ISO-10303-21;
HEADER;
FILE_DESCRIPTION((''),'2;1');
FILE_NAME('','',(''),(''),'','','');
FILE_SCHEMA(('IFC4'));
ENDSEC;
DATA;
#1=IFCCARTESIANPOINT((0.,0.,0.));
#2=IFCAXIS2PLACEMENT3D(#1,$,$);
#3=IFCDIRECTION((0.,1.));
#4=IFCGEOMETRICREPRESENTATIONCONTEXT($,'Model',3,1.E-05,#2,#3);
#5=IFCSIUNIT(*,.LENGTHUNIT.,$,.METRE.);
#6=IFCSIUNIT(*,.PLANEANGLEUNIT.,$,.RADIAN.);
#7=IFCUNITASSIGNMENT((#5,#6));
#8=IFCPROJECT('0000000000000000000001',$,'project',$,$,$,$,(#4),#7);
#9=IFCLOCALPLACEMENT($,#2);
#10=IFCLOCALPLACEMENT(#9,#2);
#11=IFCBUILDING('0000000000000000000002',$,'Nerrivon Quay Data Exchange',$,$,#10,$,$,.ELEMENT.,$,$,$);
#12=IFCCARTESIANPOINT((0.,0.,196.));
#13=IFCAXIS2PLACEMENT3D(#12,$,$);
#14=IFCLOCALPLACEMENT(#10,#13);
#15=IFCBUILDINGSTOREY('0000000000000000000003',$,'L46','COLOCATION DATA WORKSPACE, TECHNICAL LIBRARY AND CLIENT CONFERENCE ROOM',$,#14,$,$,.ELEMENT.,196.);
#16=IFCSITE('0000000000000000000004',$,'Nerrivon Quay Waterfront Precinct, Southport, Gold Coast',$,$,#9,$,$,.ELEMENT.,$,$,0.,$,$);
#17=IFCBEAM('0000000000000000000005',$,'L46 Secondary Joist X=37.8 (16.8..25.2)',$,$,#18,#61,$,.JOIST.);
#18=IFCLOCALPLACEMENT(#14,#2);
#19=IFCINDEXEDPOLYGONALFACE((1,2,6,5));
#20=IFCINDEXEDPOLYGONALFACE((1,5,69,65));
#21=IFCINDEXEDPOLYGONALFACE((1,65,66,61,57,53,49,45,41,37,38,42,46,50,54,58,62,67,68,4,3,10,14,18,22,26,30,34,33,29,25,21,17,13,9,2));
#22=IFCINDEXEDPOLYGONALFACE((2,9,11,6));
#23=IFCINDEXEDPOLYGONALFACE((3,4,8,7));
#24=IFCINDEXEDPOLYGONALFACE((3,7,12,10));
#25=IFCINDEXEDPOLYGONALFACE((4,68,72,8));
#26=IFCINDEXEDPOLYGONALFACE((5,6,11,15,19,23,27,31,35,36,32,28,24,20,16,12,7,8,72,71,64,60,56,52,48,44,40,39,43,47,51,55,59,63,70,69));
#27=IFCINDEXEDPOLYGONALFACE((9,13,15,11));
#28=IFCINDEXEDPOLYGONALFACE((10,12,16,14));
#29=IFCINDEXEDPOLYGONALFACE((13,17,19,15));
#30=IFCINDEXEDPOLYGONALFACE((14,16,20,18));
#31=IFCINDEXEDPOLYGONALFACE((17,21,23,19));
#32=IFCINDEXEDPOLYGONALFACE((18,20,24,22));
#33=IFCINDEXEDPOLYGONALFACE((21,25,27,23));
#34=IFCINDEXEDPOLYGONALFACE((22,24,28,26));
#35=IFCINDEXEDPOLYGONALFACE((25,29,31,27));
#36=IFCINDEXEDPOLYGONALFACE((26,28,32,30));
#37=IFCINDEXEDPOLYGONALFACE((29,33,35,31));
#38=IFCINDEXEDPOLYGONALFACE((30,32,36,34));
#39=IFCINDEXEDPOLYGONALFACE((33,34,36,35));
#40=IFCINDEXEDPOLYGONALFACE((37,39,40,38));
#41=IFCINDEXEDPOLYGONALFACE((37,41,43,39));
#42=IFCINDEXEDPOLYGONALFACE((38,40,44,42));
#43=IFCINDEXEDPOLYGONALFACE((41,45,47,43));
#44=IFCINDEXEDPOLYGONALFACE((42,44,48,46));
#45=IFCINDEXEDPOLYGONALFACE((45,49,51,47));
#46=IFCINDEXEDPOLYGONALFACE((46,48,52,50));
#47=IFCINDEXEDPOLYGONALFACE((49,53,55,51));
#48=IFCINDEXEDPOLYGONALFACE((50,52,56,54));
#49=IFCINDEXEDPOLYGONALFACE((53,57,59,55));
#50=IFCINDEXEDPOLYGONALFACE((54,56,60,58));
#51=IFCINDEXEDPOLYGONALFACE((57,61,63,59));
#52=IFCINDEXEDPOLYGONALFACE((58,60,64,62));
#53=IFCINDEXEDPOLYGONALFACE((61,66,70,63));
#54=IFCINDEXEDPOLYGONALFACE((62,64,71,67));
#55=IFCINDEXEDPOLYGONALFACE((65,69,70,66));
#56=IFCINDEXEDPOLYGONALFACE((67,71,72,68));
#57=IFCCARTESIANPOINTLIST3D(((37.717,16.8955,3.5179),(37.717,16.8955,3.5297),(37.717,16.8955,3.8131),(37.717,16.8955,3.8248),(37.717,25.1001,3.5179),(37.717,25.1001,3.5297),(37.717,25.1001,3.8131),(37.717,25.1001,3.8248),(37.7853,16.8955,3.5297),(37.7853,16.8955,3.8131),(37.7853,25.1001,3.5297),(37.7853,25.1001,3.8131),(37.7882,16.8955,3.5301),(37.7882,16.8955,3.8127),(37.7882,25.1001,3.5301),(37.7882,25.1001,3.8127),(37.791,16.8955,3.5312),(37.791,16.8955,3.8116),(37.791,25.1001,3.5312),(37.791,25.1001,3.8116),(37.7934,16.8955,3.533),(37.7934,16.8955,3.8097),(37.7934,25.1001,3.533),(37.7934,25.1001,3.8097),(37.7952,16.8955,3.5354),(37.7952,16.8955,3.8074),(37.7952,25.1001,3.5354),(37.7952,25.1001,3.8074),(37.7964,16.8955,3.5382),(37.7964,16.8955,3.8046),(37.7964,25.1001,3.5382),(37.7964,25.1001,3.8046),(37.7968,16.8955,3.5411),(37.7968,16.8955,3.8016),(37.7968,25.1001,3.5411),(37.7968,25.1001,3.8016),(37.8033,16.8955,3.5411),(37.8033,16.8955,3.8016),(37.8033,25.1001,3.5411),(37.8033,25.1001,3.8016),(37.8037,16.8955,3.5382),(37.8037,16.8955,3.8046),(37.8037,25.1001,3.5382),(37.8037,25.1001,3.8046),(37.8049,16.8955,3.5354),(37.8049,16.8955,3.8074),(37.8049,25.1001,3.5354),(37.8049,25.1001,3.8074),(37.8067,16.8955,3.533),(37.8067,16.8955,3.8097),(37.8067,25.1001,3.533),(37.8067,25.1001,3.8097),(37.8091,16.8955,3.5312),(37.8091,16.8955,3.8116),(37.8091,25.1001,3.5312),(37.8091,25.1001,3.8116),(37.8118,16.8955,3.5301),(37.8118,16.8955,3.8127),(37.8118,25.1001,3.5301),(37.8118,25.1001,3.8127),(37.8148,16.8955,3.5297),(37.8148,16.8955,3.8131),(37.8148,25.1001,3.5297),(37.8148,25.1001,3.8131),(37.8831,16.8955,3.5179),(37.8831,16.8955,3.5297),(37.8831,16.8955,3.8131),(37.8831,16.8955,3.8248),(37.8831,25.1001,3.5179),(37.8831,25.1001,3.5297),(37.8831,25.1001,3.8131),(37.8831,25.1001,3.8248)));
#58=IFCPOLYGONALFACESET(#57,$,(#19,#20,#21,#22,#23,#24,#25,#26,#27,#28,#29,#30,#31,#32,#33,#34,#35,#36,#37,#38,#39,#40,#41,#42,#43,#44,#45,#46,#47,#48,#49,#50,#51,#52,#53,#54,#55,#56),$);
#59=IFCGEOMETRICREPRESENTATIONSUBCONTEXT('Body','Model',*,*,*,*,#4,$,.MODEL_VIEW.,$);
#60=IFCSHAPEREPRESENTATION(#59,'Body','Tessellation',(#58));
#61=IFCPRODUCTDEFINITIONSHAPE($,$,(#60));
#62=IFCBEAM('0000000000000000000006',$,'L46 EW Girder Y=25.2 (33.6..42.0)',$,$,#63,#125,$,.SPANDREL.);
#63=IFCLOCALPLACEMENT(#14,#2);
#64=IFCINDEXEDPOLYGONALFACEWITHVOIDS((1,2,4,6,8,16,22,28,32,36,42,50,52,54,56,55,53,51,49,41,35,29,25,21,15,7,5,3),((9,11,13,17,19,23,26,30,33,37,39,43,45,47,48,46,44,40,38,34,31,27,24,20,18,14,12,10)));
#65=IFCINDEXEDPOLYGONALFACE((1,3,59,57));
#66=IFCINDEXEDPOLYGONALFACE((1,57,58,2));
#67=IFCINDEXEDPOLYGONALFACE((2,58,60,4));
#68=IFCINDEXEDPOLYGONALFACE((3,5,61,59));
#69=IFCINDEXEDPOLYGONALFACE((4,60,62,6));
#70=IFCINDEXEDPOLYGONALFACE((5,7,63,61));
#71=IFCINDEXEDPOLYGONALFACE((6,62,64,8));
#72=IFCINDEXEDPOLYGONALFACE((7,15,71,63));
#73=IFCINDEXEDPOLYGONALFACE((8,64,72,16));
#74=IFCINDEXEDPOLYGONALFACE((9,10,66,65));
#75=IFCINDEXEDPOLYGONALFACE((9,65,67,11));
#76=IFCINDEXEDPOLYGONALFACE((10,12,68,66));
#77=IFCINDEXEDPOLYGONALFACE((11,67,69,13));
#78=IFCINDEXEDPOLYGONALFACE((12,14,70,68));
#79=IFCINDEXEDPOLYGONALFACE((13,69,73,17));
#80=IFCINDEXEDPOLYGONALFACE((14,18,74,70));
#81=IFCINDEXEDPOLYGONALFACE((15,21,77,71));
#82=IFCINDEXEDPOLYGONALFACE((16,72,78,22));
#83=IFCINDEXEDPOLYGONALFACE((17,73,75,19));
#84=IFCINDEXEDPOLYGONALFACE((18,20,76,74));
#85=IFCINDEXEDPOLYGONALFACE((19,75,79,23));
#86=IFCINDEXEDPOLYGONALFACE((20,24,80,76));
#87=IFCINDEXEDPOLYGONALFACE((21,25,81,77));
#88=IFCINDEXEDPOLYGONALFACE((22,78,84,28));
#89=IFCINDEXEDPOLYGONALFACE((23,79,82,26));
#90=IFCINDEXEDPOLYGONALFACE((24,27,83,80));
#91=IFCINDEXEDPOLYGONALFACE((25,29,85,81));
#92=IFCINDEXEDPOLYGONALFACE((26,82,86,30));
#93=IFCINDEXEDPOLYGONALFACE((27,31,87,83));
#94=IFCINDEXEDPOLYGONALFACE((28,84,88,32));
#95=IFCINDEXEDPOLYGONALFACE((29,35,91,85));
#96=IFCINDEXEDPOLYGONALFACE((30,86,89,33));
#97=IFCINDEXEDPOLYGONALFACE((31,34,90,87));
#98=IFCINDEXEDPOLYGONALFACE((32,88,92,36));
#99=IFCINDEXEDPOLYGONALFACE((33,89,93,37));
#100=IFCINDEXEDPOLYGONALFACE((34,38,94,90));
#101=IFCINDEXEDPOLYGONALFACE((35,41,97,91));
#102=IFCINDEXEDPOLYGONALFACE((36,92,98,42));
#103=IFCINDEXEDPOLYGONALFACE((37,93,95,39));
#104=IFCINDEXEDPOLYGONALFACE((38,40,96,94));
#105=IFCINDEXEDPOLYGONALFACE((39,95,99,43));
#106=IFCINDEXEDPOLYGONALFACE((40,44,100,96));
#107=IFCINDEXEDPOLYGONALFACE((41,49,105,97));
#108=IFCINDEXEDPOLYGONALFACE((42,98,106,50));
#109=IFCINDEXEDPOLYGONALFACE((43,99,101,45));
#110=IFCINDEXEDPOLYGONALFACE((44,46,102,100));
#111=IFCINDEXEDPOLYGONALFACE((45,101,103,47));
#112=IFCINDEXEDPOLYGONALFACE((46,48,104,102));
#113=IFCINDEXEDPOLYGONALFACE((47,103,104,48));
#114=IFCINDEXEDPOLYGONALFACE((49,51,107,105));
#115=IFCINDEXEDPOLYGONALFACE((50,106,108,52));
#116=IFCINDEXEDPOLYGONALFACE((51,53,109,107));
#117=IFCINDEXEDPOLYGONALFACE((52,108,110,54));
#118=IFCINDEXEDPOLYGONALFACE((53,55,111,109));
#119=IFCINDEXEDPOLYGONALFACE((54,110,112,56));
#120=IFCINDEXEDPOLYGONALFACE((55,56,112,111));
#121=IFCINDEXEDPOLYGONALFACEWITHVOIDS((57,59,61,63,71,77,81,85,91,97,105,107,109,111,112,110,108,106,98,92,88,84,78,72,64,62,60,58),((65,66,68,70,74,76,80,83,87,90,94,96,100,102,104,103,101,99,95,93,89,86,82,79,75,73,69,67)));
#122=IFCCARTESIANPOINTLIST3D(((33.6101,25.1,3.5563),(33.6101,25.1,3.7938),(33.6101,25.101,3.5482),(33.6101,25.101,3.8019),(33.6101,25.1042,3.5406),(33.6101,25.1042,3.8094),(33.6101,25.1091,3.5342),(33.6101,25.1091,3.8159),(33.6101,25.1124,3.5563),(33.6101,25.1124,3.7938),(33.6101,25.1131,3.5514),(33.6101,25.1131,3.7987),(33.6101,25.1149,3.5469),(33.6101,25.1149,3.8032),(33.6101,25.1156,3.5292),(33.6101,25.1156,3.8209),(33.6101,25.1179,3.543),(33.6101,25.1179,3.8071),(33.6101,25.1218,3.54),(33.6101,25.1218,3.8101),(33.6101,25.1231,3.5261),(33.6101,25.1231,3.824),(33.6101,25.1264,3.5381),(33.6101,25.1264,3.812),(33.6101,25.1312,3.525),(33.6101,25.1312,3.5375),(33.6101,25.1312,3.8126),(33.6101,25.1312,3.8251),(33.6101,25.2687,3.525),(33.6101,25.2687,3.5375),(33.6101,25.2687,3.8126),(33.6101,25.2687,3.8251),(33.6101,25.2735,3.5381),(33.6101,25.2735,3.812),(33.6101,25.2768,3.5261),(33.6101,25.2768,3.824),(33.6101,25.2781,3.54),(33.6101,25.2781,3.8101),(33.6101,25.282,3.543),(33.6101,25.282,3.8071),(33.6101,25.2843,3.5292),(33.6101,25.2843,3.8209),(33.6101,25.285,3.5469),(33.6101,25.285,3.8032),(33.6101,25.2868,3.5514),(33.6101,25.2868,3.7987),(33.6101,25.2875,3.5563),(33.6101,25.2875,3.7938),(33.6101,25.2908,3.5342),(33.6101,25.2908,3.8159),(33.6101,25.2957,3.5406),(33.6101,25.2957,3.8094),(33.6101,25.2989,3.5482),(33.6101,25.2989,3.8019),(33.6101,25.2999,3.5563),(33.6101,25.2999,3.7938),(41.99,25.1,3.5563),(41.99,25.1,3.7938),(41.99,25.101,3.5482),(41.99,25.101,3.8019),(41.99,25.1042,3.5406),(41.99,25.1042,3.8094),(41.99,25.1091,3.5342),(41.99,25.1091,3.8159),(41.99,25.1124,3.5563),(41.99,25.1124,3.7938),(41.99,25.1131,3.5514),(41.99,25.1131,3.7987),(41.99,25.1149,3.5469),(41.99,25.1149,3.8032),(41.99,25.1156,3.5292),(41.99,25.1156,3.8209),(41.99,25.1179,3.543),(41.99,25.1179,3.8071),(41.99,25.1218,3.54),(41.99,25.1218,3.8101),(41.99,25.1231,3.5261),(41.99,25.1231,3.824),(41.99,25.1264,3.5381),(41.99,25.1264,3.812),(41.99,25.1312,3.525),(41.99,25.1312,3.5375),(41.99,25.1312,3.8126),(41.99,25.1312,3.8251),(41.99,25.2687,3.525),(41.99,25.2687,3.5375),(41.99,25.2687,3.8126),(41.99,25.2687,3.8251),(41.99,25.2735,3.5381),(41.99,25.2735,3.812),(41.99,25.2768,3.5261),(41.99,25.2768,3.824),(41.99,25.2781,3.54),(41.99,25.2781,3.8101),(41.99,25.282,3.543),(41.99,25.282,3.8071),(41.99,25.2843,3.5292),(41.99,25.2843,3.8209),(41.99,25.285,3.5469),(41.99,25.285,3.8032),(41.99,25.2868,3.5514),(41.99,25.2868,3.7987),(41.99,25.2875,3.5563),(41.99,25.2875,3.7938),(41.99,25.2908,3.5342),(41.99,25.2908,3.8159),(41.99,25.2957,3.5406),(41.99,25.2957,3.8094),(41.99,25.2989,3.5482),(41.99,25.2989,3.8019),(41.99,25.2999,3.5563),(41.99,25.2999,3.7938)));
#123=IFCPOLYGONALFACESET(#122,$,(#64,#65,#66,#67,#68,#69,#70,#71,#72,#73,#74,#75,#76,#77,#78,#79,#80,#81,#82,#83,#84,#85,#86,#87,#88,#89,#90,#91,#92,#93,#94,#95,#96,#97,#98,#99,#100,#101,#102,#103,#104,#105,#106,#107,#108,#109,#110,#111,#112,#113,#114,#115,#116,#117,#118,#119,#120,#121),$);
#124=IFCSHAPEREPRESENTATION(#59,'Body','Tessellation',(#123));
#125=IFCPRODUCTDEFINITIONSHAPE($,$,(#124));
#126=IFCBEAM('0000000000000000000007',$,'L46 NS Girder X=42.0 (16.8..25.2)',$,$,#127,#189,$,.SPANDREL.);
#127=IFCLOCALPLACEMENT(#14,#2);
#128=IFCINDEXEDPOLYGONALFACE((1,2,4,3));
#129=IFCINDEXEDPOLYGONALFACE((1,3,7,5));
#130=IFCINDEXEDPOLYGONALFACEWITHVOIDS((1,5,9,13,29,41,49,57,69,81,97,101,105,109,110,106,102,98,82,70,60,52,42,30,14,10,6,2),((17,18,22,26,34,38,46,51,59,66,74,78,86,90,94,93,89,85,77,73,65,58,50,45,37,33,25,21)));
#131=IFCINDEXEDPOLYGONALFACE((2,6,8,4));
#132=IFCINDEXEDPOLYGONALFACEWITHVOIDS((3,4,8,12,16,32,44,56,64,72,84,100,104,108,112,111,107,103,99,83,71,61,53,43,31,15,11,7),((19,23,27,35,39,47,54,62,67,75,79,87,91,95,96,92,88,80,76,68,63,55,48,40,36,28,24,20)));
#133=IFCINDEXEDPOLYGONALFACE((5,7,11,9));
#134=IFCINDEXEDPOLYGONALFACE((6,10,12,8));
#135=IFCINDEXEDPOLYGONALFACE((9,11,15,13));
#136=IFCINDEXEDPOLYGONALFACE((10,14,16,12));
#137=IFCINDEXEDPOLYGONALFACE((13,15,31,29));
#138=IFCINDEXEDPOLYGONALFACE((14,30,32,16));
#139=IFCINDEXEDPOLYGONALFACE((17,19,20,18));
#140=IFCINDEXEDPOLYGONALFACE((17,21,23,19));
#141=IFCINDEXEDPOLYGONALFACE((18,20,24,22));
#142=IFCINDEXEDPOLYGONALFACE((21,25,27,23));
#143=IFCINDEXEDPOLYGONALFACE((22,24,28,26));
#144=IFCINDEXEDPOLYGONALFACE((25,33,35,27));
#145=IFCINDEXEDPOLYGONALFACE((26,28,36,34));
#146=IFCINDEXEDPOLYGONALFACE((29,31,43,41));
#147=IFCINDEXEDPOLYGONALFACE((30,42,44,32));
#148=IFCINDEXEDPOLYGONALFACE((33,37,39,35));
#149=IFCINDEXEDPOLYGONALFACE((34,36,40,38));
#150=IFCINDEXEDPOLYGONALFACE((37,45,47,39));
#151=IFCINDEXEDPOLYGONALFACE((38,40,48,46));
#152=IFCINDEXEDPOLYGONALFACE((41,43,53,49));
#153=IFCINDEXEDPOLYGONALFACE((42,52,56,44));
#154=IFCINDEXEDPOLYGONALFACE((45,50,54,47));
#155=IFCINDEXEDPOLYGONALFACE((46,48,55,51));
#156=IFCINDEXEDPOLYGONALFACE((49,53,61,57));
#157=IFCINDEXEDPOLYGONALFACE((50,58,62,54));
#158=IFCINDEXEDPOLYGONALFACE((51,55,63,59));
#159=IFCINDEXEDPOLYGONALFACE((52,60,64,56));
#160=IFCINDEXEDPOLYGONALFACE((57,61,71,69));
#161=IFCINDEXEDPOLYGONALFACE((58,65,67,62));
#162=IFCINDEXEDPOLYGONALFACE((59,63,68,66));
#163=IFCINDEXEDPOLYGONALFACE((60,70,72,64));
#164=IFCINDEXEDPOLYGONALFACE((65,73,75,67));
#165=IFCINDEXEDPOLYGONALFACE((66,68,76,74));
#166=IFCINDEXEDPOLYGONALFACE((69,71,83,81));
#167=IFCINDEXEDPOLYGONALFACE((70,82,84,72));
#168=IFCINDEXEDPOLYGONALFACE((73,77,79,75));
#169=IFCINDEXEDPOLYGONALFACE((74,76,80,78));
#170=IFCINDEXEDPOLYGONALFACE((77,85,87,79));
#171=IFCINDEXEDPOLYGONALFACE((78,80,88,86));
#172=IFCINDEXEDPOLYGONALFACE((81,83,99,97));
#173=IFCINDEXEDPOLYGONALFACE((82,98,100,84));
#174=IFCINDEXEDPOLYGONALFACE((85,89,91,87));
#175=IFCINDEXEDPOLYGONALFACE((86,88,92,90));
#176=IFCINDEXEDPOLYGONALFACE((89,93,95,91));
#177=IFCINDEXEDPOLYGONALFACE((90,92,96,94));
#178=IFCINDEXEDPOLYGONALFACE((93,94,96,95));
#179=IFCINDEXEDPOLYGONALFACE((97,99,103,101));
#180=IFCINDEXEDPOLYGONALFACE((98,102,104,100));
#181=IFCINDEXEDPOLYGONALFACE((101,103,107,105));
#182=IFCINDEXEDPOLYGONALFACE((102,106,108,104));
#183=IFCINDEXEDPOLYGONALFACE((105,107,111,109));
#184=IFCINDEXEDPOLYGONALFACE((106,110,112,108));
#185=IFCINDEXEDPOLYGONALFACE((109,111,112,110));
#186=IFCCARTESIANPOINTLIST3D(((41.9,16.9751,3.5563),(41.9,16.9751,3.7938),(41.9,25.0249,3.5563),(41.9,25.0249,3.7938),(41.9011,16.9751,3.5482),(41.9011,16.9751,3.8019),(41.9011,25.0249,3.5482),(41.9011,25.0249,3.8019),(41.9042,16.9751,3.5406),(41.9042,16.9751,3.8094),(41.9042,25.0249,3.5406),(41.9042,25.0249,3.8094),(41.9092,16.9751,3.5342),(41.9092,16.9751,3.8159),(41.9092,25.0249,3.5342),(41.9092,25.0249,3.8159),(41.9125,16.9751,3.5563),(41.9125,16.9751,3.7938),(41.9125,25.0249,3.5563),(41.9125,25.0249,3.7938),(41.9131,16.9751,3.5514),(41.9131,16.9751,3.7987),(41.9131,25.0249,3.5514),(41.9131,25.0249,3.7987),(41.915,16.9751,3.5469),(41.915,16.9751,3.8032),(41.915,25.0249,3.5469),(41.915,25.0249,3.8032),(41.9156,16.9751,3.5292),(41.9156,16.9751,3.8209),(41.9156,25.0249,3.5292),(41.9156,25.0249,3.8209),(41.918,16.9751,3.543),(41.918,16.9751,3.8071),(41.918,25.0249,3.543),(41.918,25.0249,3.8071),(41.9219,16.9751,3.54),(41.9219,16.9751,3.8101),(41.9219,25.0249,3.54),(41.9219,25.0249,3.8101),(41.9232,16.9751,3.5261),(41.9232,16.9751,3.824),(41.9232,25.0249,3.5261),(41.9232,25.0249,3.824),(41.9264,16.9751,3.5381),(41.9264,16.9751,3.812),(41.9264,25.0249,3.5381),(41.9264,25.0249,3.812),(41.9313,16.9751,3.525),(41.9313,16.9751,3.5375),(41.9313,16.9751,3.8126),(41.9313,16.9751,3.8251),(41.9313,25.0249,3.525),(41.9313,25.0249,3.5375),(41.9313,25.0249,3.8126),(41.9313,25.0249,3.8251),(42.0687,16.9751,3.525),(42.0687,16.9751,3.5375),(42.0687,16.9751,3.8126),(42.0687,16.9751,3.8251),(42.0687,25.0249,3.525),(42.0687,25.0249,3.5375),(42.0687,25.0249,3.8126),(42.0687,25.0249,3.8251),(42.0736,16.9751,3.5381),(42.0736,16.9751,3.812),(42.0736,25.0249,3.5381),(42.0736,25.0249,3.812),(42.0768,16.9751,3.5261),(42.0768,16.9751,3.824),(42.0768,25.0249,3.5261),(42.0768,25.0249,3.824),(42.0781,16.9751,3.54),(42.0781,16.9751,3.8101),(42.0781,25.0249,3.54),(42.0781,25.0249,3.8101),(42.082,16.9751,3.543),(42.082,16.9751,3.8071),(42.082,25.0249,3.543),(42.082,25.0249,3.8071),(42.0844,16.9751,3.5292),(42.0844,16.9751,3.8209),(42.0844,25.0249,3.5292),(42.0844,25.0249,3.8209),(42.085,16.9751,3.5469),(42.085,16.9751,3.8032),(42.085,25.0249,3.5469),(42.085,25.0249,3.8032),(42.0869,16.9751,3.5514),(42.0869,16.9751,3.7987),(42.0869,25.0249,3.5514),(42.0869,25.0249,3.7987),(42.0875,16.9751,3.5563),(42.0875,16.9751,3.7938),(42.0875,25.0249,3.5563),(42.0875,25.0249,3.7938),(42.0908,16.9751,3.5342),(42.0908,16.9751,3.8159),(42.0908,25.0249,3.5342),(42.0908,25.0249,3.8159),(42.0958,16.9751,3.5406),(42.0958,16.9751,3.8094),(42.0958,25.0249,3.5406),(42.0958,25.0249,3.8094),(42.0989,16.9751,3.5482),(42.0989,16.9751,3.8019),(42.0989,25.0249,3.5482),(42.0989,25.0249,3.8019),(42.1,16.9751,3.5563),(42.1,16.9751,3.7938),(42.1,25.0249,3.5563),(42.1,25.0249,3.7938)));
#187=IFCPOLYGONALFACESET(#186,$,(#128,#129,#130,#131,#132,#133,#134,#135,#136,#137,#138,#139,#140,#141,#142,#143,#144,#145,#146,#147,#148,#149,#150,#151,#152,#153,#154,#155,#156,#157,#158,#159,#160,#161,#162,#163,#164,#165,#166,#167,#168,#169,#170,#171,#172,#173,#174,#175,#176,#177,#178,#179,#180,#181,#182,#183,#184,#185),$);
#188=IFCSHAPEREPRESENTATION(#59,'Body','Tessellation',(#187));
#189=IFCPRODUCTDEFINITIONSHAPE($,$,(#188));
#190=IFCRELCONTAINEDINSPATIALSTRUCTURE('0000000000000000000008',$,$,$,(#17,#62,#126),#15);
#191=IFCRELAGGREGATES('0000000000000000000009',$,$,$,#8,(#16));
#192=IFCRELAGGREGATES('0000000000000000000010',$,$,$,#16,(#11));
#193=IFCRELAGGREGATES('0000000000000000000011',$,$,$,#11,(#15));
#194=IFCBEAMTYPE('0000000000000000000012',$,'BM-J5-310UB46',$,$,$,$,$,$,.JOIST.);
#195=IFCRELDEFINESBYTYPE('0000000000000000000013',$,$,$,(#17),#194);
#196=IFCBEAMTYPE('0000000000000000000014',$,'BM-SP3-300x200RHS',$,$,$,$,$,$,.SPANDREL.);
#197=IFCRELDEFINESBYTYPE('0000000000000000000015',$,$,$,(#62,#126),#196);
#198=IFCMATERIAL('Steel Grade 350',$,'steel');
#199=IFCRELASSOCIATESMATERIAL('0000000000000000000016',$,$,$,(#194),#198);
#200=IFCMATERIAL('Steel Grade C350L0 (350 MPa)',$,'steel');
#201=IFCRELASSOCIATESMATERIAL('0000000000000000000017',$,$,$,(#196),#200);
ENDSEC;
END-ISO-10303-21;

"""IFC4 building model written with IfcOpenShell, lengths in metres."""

from ifc_helpers import new_model, si_unit, direction, frame, origin, origin_2d, place, context, subcontext, project, spatial, hollow_rectangle, i_section, extrude, material, material_profile, profile_set, type_object, element, save


model = new_model("IFC4")

# Units and contexts
model_context = context("Model", 3, precision=1e-05, world=origin(), true_north=direction((0.0, 1.0)))
body_context = subcontext(model_context, "Body", "Model", "MODEL_VIEW")
ifc_project = project(units=[si_unit("LENGTHUNIT", "METRE"), si_unit("PLANEANGLEUNIT", "RADIAN")], contexts=[model_context])

# Site, building, storey
site_placement = place(None, origin())
site = spatial("IfcSite", under=ifc_project, at=site_placement, Name="Nerrivon Quay Waterfront Precinct, Southport, Gold Coast", CompositionType="ELEMENT", RefElevation=0.0)
building_placement = place(site_placement, origin())
building = spatial("IfcBuilding", under=site, at=building_placement, Name="Nerrivon Quay Data Exchange", CompositionType="ELEMENT")
storey_placement = place(building_placement, frame((0.0, 0.0, 196.0)))
storey = spatial("IfcBuildingStorey", under=building, at=storey_placement, Name="L46", Description="COLOCATION DATA WORKSPACE, TECHNICAL LIBRARY AND CLIENT CONFERENCE ROOM", CompositionType="ELEMENT", Elevation=196.0)

# Shared definitions
ifc_material_1 = material(Name="Steel Grade 350", Category="steel")

# Beams
ifc_material_profile_1 = material_profile(ifc_material_1, i_section(OverallWidth=0.166, OverallDepth=0.3069, WebThickness=0.0066, FlangeThickness=0.0117, FilletRadius=0.0115, at=origin_2d()), Name="310UB46.2")
ifc_profile_set_1 = profile_set([ifc_material_profile_1], Name="Steel Grade 350")
beam_type_1 = type_object("IfcBeamType", Name="BM-J5-310UB46", PredefinedType="JOIST", material=ifc_profile_set_1)
beam_1_placement = place(storey_placement, frame((37.8, 16.8955, 3.6714), z_axis=(0.0, 1.0, 0.0), x_axis=(-1.0, 0.0, 0.0)))
element("IfcBeam", 1, at=beam_1_placement, inside=storey, type_object=beam_type_1, Name="L46 Secondary Joist X=37.8 (16.8..25.2)", PredefinedType="JOIST", context=body_context, shape_type="SweptSolid", body=[
    extrude(i_section(OverallWidth=0.166, OverallDepth=0.3069, WebThickness=0.0066, FlangeThickness=0.0117, FilletRadius=0.0115, at=origin_2d()), origin(), (0.0, 0.0, 1.0), 8.2046),
])
ifc_material_2 = material(Name="Steel Grade C350L0 (350 MPa)", Category="steel")
ifc_material_profile_2 = material_profile(ifc_material_2, hollow_rectangle(XDim=0.2, YDim=0.3, WallThickness=0.0125, InnerFilletRadius=0.0188, OuterFilletRadius=0.0312, at=origin_2d()), Name="300x200x12.5RHS")
ifc_profile_set_2 = profile_set([ifc_material_profile_2], Name="Steel Grade C350L0 (350 MPa)")
beam_type_2 = type_object("IfcBeamType", Name="BM-SP3-300x200RHS", PredefinedType="SPANDREL", material=ifc_profile_set_2)
beam_2_placement = place(storey_placement, frame((33.6101, 25.2, 3.675), z_axis=(1.0, 0.0, 0.0), x_axis=(0.0, 1.0, 0.0)))
element("IfcBeam", 2, at=beam_2_placement, inside=storey, type_object=beam_type_2, Name="L46 EW Girder Y=25.2 (33.6..42.0)", PredefinedType="SPANDREL", context=body_context, shape_type="SweptSolid", body=[
    extrude(hollow_rectangle(XDim=0.2, YDim=0.3, WallThickness=0.0125, InnerFilletRadius=0.0188, OuterFilletRadius=0.0312, at=origin_2d()), origin(), (0.0, 0.0, 1.0), 8.3799),
])
beam_3_placement = place(storey_placement, frame((42.0, 16.9751, 3.675), z_axis=(0.0, 1.0, 0.0), x_axis=(-1.0, 0.0, 0.0)))
element("IfcBeam", 3, at=beam_3_placement, inside=storey, type_object=beam_type_2, Name="L46 NS Girder X=42.0 (16.8..25.2)", PredefinedType="SPANDREL", context=body_context, shape_type="SweptSolid", body=[
    extrude(hollow_rectangle(XDim=0.2, YDim=0.3, WallThickness=0.0125, InnerFilletRadius=0.0188, OuterFilletRadius=0.0312, at=origin_2d()), origin(), (0.0, 0.0, 1.0), 8.0498),
])

save(model, "model.ifc")
